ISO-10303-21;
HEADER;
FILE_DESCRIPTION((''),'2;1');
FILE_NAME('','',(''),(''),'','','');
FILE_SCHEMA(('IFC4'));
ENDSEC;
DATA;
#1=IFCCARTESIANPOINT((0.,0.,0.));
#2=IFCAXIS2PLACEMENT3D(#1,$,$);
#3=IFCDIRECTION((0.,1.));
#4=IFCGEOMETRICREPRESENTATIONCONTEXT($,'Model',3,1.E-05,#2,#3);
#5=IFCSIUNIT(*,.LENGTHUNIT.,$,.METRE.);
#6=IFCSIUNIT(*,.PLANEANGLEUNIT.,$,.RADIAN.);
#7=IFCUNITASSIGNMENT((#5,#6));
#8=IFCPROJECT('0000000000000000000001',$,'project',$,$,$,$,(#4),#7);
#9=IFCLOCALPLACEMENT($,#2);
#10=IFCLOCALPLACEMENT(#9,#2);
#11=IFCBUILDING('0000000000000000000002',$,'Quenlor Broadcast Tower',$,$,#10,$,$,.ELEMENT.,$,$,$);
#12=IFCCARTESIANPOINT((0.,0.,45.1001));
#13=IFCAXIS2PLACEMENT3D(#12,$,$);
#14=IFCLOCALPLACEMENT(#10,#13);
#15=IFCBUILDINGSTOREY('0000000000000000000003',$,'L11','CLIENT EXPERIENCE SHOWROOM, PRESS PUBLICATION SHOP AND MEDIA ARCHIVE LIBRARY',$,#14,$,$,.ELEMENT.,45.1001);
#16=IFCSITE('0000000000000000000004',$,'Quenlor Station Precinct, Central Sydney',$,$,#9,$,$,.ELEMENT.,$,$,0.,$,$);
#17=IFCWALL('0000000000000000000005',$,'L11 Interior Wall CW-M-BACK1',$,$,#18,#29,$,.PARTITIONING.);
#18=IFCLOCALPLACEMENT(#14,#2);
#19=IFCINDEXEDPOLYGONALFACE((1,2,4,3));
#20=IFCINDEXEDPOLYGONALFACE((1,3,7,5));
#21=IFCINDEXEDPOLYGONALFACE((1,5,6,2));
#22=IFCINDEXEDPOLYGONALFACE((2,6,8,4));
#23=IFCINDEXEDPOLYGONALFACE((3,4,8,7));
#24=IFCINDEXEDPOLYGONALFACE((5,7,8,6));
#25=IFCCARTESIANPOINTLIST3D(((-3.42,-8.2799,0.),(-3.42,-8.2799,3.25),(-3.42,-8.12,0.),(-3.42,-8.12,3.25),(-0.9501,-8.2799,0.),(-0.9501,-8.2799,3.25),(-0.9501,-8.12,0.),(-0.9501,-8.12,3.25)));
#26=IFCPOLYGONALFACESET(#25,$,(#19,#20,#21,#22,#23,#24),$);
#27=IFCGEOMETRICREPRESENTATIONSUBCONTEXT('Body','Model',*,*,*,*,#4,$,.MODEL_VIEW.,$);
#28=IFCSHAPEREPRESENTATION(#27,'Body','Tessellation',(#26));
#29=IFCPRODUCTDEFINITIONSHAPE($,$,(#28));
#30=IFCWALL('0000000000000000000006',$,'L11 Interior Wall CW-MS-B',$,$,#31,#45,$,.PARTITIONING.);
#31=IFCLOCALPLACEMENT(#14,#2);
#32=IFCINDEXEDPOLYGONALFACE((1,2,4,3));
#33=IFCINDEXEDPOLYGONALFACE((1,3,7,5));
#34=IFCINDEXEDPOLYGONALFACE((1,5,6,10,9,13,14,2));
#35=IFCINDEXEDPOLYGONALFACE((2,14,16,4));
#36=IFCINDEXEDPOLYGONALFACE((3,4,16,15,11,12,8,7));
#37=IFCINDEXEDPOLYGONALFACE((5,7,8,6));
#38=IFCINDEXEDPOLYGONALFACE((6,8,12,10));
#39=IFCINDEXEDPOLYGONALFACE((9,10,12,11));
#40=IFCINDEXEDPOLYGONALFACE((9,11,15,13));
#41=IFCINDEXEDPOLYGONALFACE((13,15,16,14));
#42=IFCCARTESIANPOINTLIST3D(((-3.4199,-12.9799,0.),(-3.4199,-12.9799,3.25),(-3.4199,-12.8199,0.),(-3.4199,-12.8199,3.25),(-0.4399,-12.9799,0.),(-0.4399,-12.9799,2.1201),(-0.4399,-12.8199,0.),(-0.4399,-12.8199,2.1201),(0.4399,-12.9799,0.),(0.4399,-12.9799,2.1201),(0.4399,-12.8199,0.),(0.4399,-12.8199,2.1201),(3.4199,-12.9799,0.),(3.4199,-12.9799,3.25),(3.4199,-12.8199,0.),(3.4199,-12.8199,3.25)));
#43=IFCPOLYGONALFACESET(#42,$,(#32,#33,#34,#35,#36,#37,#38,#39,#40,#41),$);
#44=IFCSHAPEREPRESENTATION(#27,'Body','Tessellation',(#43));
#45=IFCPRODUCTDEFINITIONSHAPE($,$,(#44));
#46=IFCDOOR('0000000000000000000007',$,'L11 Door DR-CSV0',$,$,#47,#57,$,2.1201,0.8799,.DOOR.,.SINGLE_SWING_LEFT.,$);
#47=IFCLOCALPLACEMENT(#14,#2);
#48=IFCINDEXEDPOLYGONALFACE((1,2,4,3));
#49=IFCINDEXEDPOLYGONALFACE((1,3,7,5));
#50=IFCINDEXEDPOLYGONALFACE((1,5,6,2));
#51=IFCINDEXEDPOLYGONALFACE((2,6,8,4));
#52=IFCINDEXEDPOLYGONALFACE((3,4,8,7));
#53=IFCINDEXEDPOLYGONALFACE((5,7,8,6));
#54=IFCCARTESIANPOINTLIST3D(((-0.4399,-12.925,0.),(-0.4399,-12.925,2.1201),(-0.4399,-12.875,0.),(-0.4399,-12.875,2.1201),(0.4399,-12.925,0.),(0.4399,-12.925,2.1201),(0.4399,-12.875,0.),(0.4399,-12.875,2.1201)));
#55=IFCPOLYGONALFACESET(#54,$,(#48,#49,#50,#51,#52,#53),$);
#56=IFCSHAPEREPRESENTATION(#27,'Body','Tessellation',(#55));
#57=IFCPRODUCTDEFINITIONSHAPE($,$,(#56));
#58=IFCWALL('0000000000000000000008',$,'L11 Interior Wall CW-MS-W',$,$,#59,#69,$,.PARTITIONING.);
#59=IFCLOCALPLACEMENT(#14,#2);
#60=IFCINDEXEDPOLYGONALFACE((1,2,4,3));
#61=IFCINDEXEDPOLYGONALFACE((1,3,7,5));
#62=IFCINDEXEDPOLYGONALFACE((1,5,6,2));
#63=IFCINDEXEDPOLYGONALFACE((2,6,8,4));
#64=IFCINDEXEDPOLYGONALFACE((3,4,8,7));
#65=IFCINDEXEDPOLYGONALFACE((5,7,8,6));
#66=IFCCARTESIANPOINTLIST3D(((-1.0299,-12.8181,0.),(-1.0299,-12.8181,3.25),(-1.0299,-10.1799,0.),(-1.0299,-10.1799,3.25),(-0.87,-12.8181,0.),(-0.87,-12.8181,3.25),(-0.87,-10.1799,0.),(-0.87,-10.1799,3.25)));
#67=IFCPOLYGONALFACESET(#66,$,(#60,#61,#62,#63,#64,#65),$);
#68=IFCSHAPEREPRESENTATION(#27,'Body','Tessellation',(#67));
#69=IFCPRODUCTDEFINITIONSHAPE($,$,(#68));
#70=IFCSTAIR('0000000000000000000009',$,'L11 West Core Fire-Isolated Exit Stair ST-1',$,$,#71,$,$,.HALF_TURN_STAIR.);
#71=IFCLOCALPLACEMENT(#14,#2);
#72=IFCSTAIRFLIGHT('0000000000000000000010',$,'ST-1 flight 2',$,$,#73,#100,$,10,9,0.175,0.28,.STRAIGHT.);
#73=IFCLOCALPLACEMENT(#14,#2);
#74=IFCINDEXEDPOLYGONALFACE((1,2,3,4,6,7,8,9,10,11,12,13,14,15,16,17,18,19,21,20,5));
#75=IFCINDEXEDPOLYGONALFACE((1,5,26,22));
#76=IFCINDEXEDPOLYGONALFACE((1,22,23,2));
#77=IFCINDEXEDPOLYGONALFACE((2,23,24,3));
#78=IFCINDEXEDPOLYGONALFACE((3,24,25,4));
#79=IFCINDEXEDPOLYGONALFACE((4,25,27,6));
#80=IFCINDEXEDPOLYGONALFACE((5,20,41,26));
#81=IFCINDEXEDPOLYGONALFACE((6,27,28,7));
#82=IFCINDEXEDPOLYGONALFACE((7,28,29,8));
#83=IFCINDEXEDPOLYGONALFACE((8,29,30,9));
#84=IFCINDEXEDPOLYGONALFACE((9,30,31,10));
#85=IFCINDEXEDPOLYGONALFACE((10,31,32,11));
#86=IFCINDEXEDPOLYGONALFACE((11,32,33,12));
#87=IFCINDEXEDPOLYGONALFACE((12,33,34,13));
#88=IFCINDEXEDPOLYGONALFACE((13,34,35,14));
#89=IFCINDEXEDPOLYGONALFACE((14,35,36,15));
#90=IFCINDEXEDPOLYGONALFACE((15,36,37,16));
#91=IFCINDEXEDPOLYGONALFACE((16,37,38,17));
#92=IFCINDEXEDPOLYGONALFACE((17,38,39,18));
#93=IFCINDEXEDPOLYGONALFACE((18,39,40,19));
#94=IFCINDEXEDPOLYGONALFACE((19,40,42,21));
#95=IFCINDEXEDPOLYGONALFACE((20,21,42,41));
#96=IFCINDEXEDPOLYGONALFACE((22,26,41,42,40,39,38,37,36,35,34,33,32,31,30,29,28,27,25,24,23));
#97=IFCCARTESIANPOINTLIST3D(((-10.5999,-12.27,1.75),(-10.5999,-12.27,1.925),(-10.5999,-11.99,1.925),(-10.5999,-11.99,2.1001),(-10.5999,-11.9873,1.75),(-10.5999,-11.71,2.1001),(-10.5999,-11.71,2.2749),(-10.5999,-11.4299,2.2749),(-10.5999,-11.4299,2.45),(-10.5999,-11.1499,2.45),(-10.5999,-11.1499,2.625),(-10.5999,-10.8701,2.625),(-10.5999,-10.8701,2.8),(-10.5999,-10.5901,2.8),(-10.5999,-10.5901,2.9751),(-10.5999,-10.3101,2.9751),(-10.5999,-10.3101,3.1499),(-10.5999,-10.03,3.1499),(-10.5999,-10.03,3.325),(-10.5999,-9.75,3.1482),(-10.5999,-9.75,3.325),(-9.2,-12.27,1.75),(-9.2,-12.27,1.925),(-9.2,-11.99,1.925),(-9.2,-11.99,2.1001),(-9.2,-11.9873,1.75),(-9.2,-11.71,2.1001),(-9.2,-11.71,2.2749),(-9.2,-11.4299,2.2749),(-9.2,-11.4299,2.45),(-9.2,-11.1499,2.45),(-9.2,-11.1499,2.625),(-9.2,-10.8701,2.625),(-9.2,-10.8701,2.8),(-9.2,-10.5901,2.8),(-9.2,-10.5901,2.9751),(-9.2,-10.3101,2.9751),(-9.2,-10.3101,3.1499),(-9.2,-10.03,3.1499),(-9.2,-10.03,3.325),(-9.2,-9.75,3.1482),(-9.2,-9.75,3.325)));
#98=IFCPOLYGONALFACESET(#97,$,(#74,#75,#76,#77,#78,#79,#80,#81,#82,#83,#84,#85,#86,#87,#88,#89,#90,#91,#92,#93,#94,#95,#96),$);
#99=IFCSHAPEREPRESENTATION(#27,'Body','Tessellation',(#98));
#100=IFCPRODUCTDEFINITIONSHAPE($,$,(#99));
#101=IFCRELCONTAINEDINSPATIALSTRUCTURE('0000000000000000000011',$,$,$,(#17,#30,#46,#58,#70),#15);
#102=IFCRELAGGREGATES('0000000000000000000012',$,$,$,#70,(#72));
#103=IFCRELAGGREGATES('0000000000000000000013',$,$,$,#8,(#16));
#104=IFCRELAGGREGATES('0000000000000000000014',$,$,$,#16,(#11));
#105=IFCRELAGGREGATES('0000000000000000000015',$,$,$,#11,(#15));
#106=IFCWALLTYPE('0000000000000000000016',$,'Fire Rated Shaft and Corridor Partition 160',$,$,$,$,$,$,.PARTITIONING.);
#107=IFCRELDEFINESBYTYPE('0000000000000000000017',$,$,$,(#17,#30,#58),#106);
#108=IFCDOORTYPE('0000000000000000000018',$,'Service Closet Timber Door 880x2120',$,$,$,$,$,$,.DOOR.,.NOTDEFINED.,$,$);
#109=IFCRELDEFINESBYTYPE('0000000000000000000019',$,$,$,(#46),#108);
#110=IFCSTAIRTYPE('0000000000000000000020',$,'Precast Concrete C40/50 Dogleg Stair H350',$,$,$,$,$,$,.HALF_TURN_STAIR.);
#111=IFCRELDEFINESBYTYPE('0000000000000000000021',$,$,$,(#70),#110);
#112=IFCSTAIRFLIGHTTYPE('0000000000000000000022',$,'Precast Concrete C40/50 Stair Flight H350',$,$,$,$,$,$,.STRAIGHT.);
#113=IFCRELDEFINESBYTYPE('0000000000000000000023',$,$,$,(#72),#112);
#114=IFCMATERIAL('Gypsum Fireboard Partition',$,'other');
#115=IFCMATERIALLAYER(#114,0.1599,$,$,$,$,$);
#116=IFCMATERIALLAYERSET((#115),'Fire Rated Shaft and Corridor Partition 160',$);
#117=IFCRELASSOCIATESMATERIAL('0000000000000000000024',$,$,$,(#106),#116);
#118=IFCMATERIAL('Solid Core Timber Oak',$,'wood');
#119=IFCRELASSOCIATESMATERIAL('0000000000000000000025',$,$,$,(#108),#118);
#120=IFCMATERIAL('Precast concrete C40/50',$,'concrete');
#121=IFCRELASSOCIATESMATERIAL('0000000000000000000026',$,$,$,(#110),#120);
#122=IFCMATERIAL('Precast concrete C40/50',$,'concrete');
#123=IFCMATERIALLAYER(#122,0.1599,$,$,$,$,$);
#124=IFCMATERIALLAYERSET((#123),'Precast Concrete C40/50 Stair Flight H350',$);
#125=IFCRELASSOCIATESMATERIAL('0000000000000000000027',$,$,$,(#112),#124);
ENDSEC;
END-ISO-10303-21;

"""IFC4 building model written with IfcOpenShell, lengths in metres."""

from ifc_helpers import new_model, si_unit, direction, frame, frame_2d, origin, place, context, subcontext, project, spatial, polyline, rectangle, outline, extrude, material, layer, layer_set, type_object, element, fill, aggregate, save


model = new_model("IFC4")

# Units and contexts
model_context = context("Model", 3, precision=1e-05, world=origin(), true_north=direction((0.0, 1.0)))
body_context = subcontext(model_context, "Body", "Model", "MODEL_VIEW")
ifc_project = project(units=[si_unit("LENGTHUNIT", "METRE"), si_unit("PLANEANGLEUNIT", "RADIAN")], contexts=[model_context])

# Site, building, storey
site_placement = place(None, origin())
site = spatial("IfcSite", under=ifc_project, at=site_placement, Name="Quenlor Station Precinct, Central Sydney", CompositionType="ELEMENT", RefElevation=0.0)
building_placement = place(site_placement, origin())
building = spatial("IfcBuilding", under=site, at=building_placement, Name="Quenlor Broadcast Tower", CompositionType="ELEMENT")
storey_placement = place(building_placement, frame((0.0, 0.0, 45.1001)))
storey = spatial("IfcBuildingStorey", under=building, at=storey_placement, Name="L11", Description="CLIENT EXPERIENCE SHOWROOM, PRESS PUBLICATION SHOP AND MEDIA ARCHIVE LIBRARY", CompositionType="ELEMENT", Elevation=45.1001)

# Wall
ifc_material_1 = material(Name="Gypsum Fireboard Partition", Category="other")
ifc_layer_1 = layer(ifc_material_1, 0.1599)
ifc_layer_set_1 = layer_set([ifc_layer_1], Name="Fire Rated Shaft and Corridor Partition 160")
wall_type_1 = type_object("IfcWallType", Name="Fire Rated Shaft and Corridor Partition 160", PredefinedType="PARTITIONING", material=ifc_layer_set_1)
wall_1_placement = place(storey_placement, frame((-3.4199, -8.2, 0.0), z_axis=(0.0, 0.0, 1.0), x_axis=(1.0, 0.0, 0.0)))
element("IfcWall", 1, at=wall_1_placement, inside=storey, type_object=wall_type_1, Name="L11 Interior Wall CW-M-BACK1", PredefinedType="PARTITIONING", context=body_context, shape_type="SweptSolid", body=[
    extrude(rectangle(XDim=2.47, YDim=0.1599, at=frame_2d((1.2349, 0.0))), origin(), (0.0, 0.0, 1.0), 3.25),
])

# Wall, opening, door
wall_2_placement = place(storey_placement, frame((-3.4199, -12.8999, 0.0), z_axis=(0.0, 0.0, 1.0), x_axis=(1.0, 0.0, 0.0)))
wall_2 = element("IfcWall", 2, at=wall_2_placement, inside=storey, type_object=wall_type_1, Name="L11 Interior Wall CW-MS-B", PredefinedType="PARTITIONING", context=body_context, shape_type="SweptSolid", body=[
    extrude(rectangle(XDim=6.8398, YDim=0.1599, at=frame_2d((3.4199, 0.0))), origin(), (0.0, 0.0, 1.0), 3.25),
])
opening_1_placement = place(wall_2_placement, frame((2.98, 0.0, 0.0)))
opening_1 = element("IfcOpeningElement", 3, at=opening_1_placement, cuts=wall_2, PredefinedType="OPENING", context=body_context, shape_type="SweptSolid", body=[
    extrude(rectangle(XDim=0.8799, YDim=2.1201, at=frame_2d((0.4399, 1.0601))), frame((0.0, 0.0898, 0.0), z_axis=(0.0, -1.0, 0.0), x_axis=(1.0, 0.0, 0.0)), (0.0, 0.0, 1.0), 0.1799),
])
ifc_material_2 = material(Name="Solid Core Timber Oak", Category="wood")
door_type_1 = type_object("IfcDoorType", Name="Service Closet Timber Door 880x2120", OperationType="NOTDEFINED", PredefinedType="DOOR", material=ifc_material_2)
door_1_placement = place(opening_1_placement, origin())
door_1 = element("IfcDoor", 4, at=door_1_placement, inside=storey, type_object=door_type_1, Name="L11 Door DR-CSV0", OperationType="SINGLE_SWING_LEFT", OverallHeight=2.1201, OverallWidth=0.8799, PredefinedType="DOOR", context=body_context, shape_type="SweptSolid", body=[
    extrude(rectangle(XDim=0.8799, YDim=2.1201, at=frame_2d((0.4399, 1.0601))), frame((0.0, 0.0249, 0.0), z_axis=(0.0, -1.0, 0.0), x_axis=(1.0, 0.0, 0.0)), (0.0, 0.0, 1.0), 0.05),
])
fill(opening_1, door_1)

# Wall
wall_3_placement = place(storey_placement, frame((-0.95, -12.8181, 0.0), z_axis=(0.0, 0.0, 1.0), x_axis=(0.0, 1.0, 0.0)))
element("IfcWall", 5, at=wall_3_placement, inside=storey, type_object=wall_type_1, Name="L11 Interior Wall CW-MS-W", PredefinedType="PARTITIONING", context=body_context, shape_type="SweptSolid", body=[
    extrude(rectangle(XDim=2.6382, YDim=0.1599, at=frame_2d((1.3191, 0.0))), origin(), (0.0, 0.0, 1.0), 3.25),
])

# Stair, stair flight
ifc_material_3 = material(Name="Precast concrete C40/50", Category="concrete")
stair_type = type_object("IfcStairType", Name="Precast Concrete C40/50 Dogleg Stair H350", PredefinedType="HALF_TURN_STAIR", material=ifc_material_3)
stair_placement = place(storey_placement, origin())
stair = element("IfcStair", 6, at=stair_placement, inside=storey, type_object=stair_type, Name="L11 West Core Fire-Isolated Exit Stair ST-1", PredefinedType="HALF_TURN_STAIR")
ifc_material_4 = material(Name="Precast concrete C40/50", Category="concrete")
ifc_layer_2 = layer(ifc_material_4, 0.1599)
ifc_layer_set_2 = layer_set([ifc_layer_2], Name="Precast Concrete C40/50 Stair Flight H350")
stair_flight_type = type_object("IfcStairFlightType", Name="Precast Concrete C40/50 Stair Flight H350", PredefinedType="STRAIGHT", material=ifc_layer_set_2)
stair_flight_placement = place(storey_placement, frame((-9.8999, -12.27, 1.75), z_axis=(0.0, 0.0, 1.0), x_axis=(0.0, 1.0, 0.0)))
stair_flight = element("IfcStairFlight", 7, at=stair_flight_placement, type_object=stair_flight_type, Name="ST-1 flight 2", NumberOfRisers=10, NumberOfTreads=9, PredefinedType="STRAIGHT", RiserHeight=0.175, TreadLength=0.28, context=body_context, shape_type="SweptSolid", body=[
    extrude(outline(polyline([(0.0, 0.0), (0.0, 0.175), (0.28, 0.175), (0.28, 0.3501), (0.5601, 0.3501), (0.5601, 0.5249), (0.8401, 0.5249), (0.8401, 0.7), (1.1201, 0.7), (1.1201, 0.875), (1.3999, 0.875), (1.3999, 1.05), (1.6799, 1.05), (1.6799, 1.2251), (1.96, 1.2251), (1.96, 1.3999), (2.24, 1.3999), (2.24, 1.575), (2.52, 1.575), (2.52, 1.75), (2.52, 1.3982), (0.2827, 0.0), (0.0, 0.0)])), frame((0.0, 0.7, 0.0), z_axis=(0.0, -1.0, 0.0), x_axis=(1.0, 0.0, 0.0)), (0.0, 0.0, 1.0), 1.3999),
])
aggregate(stair, [stair_flight])

save(model, "model.ifc")
